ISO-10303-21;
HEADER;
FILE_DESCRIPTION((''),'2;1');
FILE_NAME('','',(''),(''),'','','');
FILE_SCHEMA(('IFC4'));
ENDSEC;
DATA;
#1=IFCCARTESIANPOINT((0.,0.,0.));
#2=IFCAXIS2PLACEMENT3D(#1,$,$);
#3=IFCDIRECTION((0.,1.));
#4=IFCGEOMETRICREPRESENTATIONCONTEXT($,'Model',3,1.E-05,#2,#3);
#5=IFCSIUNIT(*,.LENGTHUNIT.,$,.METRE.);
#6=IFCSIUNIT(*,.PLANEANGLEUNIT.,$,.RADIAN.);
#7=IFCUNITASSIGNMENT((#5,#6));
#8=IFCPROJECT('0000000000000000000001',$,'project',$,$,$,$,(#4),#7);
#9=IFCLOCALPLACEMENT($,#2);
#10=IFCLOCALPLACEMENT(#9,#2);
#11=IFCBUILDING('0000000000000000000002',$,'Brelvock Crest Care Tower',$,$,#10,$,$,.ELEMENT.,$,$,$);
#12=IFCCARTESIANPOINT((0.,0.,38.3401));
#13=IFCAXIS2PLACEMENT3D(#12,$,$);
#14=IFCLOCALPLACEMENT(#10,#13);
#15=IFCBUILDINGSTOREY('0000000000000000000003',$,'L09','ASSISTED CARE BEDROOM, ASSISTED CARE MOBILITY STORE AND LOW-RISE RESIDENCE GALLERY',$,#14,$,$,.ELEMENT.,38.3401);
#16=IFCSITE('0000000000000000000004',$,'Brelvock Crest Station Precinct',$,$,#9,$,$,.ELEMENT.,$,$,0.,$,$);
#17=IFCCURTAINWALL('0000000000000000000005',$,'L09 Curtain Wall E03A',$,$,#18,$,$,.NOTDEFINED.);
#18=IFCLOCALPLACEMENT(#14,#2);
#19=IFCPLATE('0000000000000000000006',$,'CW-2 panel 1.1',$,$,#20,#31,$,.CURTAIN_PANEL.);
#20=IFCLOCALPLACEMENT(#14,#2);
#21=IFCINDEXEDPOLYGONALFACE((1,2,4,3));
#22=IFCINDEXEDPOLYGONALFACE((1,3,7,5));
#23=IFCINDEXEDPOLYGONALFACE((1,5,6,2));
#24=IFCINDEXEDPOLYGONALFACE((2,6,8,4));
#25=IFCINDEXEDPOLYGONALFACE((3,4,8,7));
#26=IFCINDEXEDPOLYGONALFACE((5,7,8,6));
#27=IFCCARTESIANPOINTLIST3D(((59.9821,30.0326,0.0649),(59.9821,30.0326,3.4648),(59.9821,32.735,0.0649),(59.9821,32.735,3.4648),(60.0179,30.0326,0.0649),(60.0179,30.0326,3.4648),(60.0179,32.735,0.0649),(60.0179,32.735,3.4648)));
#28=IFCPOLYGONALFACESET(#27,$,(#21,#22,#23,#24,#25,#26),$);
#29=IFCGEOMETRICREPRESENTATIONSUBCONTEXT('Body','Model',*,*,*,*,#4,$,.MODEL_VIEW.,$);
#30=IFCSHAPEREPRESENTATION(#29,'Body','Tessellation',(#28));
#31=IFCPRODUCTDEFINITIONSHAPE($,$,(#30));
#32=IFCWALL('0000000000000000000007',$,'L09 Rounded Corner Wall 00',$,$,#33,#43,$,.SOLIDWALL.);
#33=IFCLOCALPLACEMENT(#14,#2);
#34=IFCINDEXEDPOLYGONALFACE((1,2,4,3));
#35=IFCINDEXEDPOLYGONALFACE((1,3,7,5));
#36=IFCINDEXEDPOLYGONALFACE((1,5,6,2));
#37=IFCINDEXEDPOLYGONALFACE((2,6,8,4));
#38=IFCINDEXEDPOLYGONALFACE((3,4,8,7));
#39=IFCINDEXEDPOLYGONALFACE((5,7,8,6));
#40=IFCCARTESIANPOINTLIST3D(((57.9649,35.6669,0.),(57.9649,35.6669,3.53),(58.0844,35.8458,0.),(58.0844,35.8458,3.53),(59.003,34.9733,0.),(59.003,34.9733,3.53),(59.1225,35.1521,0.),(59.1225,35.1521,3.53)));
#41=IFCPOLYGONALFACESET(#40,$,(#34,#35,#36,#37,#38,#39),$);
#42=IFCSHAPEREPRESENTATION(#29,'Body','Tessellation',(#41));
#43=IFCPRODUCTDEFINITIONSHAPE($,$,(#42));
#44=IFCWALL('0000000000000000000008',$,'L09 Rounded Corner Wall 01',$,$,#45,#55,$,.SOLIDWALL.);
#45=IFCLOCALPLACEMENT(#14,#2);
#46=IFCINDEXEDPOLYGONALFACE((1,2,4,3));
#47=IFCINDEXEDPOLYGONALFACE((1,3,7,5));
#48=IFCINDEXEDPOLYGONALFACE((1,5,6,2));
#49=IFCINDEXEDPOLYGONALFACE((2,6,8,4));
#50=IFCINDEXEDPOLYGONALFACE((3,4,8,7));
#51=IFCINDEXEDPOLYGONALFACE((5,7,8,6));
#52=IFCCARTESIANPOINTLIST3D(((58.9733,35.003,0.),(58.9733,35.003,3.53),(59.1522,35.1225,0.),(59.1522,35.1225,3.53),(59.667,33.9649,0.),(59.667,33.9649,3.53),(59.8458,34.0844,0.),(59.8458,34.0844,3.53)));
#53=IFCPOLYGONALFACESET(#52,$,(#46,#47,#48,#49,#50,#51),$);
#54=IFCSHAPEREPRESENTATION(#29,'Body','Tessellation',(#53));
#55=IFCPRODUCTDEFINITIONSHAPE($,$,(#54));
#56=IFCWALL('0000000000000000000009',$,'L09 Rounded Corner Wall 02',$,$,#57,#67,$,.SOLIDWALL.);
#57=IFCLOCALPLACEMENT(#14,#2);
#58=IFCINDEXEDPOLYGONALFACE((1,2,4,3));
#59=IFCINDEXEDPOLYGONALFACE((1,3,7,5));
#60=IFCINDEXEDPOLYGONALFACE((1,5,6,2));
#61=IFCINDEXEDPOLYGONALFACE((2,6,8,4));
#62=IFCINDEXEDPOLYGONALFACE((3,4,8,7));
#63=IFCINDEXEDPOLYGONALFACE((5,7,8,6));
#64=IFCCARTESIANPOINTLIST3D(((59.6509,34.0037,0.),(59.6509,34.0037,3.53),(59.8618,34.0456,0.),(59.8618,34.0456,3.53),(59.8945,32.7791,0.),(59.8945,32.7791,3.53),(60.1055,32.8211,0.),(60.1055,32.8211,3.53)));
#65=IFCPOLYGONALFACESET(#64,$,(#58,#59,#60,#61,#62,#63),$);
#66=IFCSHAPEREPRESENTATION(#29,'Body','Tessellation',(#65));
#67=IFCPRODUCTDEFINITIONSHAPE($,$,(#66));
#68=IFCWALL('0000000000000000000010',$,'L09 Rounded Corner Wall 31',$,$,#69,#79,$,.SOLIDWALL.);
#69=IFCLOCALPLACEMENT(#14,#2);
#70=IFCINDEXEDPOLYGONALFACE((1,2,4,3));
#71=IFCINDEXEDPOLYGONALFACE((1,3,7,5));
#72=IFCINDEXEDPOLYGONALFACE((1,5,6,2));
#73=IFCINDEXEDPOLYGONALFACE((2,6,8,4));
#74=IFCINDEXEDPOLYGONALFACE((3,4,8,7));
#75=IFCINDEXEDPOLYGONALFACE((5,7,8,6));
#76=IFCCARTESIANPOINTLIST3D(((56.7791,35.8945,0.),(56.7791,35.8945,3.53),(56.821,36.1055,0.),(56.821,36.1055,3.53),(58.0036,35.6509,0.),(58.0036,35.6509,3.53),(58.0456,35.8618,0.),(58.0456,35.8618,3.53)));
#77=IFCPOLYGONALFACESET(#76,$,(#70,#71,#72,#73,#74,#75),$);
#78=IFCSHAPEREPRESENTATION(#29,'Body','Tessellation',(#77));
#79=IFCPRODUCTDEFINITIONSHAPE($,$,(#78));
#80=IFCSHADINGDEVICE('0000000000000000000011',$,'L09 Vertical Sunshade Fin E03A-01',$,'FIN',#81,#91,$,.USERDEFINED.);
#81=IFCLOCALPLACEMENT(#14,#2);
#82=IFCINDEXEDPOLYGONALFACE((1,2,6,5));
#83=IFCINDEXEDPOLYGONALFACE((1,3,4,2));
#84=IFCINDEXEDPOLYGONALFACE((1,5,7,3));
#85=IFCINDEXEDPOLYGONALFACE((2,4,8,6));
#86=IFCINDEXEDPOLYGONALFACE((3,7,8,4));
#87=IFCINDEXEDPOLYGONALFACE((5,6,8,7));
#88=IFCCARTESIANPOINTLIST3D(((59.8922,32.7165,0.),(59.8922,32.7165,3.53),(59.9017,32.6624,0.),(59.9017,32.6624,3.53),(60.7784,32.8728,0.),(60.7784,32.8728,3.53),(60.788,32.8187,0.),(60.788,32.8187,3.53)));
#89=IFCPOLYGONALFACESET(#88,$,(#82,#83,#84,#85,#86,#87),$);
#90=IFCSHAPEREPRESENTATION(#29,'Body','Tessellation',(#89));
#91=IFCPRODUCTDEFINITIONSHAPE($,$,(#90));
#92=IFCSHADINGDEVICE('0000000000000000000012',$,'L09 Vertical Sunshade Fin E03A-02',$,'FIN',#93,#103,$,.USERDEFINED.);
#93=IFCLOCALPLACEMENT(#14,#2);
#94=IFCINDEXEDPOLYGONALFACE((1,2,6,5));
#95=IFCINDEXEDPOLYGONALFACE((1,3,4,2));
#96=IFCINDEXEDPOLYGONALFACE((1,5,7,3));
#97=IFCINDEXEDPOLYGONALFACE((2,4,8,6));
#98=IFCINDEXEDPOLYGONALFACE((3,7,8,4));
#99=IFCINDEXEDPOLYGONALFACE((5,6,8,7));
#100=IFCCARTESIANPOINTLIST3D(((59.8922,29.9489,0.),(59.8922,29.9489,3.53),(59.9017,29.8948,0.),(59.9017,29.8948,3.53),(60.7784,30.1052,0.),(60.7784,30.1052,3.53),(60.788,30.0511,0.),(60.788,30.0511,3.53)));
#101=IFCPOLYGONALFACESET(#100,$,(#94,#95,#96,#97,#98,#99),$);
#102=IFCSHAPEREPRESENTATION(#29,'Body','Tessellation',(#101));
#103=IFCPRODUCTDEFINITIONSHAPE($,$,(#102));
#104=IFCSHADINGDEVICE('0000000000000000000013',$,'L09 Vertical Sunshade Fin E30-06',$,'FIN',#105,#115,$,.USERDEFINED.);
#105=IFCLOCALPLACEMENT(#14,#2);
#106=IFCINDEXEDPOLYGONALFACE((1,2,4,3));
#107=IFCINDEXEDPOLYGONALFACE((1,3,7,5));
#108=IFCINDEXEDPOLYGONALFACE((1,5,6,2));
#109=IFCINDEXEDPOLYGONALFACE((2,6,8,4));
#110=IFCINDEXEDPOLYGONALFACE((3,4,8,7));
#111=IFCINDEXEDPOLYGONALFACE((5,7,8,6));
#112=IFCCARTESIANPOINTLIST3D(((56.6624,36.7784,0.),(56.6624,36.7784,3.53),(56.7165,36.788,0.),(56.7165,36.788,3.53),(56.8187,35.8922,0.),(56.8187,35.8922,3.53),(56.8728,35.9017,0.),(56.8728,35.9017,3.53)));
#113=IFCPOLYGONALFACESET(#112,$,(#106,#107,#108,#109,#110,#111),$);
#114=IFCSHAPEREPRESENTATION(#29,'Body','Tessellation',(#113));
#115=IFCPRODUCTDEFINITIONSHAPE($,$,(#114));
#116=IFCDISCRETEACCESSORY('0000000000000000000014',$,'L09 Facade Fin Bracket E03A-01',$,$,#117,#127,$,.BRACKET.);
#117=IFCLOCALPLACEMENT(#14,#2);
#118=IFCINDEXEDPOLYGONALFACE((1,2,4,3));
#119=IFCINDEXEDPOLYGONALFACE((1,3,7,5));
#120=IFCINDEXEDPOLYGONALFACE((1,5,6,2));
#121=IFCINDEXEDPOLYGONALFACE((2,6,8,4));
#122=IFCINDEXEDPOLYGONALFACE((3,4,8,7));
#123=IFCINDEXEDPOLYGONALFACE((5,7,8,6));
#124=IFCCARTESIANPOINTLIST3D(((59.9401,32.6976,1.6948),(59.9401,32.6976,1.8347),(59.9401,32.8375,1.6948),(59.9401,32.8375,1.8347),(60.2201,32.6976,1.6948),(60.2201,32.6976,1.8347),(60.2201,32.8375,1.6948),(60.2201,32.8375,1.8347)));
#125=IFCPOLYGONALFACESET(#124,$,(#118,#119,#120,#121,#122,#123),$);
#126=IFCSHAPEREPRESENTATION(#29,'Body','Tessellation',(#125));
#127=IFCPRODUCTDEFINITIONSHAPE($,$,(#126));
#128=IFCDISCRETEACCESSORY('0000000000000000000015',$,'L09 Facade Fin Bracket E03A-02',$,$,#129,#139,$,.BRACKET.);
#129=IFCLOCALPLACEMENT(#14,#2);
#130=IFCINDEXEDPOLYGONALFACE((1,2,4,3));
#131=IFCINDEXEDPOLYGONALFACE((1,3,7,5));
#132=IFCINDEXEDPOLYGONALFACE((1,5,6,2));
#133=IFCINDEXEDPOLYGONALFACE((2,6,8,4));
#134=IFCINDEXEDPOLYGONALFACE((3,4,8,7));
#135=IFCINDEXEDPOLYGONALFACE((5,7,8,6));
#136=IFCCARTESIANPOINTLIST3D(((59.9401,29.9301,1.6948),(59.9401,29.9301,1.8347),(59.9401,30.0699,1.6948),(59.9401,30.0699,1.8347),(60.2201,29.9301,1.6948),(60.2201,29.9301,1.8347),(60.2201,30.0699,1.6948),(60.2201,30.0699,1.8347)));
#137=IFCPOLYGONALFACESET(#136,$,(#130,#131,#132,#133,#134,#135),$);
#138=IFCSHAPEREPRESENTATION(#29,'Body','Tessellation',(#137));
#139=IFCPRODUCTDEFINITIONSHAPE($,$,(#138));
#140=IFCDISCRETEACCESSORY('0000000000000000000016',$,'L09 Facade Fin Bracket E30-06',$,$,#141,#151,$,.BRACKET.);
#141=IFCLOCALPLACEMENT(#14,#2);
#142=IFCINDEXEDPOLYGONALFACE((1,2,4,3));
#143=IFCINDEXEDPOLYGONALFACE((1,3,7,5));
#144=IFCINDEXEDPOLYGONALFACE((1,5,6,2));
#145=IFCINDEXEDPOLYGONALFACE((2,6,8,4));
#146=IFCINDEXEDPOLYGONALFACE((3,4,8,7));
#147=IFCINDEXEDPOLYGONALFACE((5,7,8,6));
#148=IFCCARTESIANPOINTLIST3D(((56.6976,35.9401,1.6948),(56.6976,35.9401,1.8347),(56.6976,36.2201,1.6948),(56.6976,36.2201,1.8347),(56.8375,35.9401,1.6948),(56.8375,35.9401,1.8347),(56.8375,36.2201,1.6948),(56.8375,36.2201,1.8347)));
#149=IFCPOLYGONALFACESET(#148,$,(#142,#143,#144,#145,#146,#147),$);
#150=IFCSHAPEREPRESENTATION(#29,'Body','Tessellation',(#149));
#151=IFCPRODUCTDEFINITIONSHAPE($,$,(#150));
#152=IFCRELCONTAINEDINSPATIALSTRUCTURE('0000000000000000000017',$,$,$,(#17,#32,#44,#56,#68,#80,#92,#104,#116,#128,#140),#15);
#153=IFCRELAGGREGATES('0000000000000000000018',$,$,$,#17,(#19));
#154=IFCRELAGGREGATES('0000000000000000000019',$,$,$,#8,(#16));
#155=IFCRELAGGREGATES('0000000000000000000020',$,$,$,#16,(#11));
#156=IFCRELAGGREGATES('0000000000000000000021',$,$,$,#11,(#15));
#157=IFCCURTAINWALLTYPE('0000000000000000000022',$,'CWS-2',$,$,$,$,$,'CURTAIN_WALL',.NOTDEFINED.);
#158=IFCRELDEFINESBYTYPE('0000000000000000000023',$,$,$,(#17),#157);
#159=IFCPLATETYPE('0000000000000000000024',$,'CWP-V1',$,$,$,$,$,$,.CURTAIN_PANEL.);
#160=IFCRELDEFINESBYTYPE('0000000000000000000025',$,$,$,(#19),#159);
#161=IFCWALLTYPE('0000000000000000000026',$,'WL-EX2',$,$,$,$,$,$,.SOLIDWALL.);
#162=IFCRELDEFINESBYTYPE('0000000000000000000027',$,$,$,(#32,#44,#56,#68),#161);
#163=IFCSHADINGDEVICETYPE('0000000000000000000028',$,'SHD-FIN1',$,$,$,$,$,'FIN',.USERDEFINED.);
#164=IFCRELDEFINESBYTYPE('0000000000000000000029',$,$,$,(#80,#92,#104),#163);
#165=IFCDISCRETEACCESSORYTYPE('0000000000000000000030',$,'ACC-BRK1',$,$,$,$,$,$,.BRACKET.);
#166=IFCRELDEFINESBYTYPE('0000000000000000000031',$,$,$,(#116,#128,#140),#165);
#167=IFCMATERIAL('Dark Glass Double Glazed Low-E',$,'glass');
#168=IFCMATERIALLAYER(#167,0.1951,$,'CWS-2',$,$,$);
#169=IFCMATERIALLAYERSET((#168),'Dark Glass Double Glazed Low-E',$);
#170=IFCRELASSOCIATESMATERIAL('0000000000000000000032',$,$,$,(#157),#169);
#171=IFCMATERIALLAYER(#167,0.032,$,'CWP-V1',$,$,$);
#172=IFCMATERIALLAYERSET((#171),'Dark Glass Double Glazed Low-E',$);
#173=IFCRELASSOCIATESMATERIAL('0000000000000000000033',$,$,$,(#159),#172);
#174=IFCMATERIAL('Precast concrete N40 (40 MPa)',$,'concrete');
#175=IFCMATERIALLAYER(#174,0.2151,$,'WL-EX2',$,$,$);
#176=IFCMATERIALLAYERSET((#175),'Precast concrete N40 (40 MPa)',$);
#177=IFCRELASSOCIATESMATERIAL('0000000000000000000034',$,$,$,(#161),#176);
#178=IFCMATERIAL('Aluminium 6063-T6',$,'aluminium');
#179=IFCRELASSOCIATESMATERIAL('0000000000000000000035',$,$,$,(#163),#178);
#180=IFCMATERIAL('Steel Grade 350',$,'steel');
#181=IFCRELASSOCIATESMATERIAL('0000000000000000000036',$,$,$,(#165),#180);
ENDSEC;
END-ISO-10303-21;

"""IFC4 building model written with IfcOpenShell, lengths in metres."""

from ifc_helpers import new_model, si_unit, direction, frame, frame_2d, origin, origin_2d, place, context, subcontext, project, spatial, rectangle, extrude, source, transform, mapped, material, layer, layer_set, material_profile, profile_set, type_object, element, aggregate, save


model = new_model("IFC4")

# Units and contexts
model_context = context("Model", 3, precision=1e-05, world=origin(), true_north=direction((0.0, 1.0)))
body_context = subcontext(model_context, "Body", "Model", "MODEL_VIEW")
ifc_project = project(units=[si_unit("LENGTHUNIT", "METRE"), si_unit("PLANEANGLEUNIT", "RADIAN")], contexts=[model_context])

# Site, building, storey
site_placement = place(None, origin())
site = spatial("IfcSite", under=ifc_project, at=site_placement, Name="Brelvock Crest Station Precinct", CompositionType="ELEMENT", RefElevation=0.0)
building_placement = place(site_placement, origin())
building = spatial("IfcBuilding", under=site, at=building_placement, Name="Brelvock Crest Care Tower", CompositionType="ELEMENT")
storey_placement = place(building_placement, frame((0.0, 0.0, 38.3401)))
storey = spatial("IfcBuildingStorey", under=building, at=storey_placement, Name="L09", Description="ASSISTED CARE BEDROOM, ASSISTED CARE MOBILITY STORE AND LOW-RISE RESIDENCE GALLERY", CompositionType="ELEMENT", Elevation=38.3401)

# Shared definitions
ifc_material_1 = material(Name="Steel Grade 350", Category="steel")

# Curtain wall
ifc_material_2 = material(Name="Dark Glass Double Glazed Low-E", Category="glass")
ifc_layer_1 = layer(ifc_material_2, 0.1951, Name="CWS-2")
ifc_layer_set_1 = layer_set([ifc_layer_1], Name="Dark Glass Double Glazed Low-E")
curtain_wall_type = type_object("IfcCurtainWallType", Name="CWS-2", ElementType="CURTAIN_WALL", PredefinedType="NOTDEFINED", material=ifc_layer_set_1)
curtain_wall_1_placement = place(storey_placement, origin())
curtain_wall_1 = element("IfcCurtainWall", 1, at=curtain_wall_1_placement, inside=storey, type_object=curtain_wall_type, Name="L09 Curtain Wall E03A", PredefinedType="NOTDEFINED")
ifc_material_3 = material(Name="Aluminium 6063-T6", Category="aluminium")

# Plate
ifc_layer_2 = layer(ifc_material_2, 0.032, Name="CWP-V1")
ifc_layer_set_2 = layer_set([ifc_layer_2], Name="Dark Glass Double Glazed Low-E")
plate_type = type_object("IfcPlateType", Name="CWP-V1", PredefinedType="CURTAIN_PANEL", material=ifc_layer_set_2)
shared_shape_1 = source(origin(), body_context, "Body", "SweptSolid", [
    extrude(rectangle(XDim=2.7024, YDim=0.0359, at=origin_2d()), origin(), (0.0, 0.0, 1.0), 3.3999),
])
plate_placement = place(storey_placement, frame((60.0, 31.3838, 0.0649), z_axis=(0.0, 0.0, 1.0), x_axis=(0.0, -1.0, 0.0)))
plate = element("IfcPlate", 2, at=plate_placement, type_object=plate_type, Name="CW-2 panel 1.1", PredefinedType="CURTAIN_PANEL", context=body_context, shape_type="MappedRepresentation", body=[
    mapped(shared_shape_1, transform((0.0, 0.0, 0.0), x_axis=(1.0, 0.0, 0.0), y_axis=(0.0, 1.0, 0.0), z_axis=(0.0, 0.0, 1.0), scale=1.0)),
])
aggregate(curtain_wall_1, [plate])

# Walls
ifc_material_4 = material(Name="Precast concrete N40 (40 MPa)", Category="concrete")
ifc_layer_3 = layer(ifc_material_4, 0.2151, Name="WL-EX2")
ifc_layer_set_3 = layer_set([ifc_layer_3], Name="Precast concrete N40 (40 MPa)")
wall_type = type_object("IfcWallType", Name="WL-EX2", PredefinedType="SOLIDWALL", material=ifc_layer_set_3)
for number, where, z_axis, x_axis, name in (
    (3, (58.0247, 35.7563, 0.0), (0.0, 0.0, 1.0), (0.831478, -0.555557, 0.0), "L09 Rounded Corner Wall 00"),
    (4, (59.0627, 35.0627, 0.0), (0.0, 0.0, 1.0), (0.555557, -0.831478, 0.0), "L09 Rounded Corner Wall 01"),
    (5, (59.7563, 34.0247, 0.0), (0.0, 0.0, 1.0), (0.195138, -0.980776, 0.0), "L09 Rounded Corner Wall 02"),
    (6, (56.8, 36.0, 0.0), (0.0, 0.0, 1.0), (0.980776, -0.195138, 0.0), "L09 Rounded Corner Wall 31"),
):
    element("IfcWall", number, at=place(storey_placement, frame(where, z_axis=z_axis, x_axis=x_axis)), inside=storey, type_object=wall_type, Name=name, PredefinedType="SOLIDWALL", context=body_context, shape_type="SweptSolid", body=[
        extrude(rectangle(XDim=1.2485, YDim=0.2151, at=frame_2d((0.6243, 0.0))), origin(), (0.0, 0.0, 1.0), 3.53),
    ])

# Shading devices
ifc_material_profile_1 = material_profile(ifc_material_3, rectangle(XDim=0.0549, YDim=0.8999, at=origin_2d()), Name="FIN55x900")
ifc_profile_set_1 = profile_set([ifc_material_profile_1], Name="Aluminium 6063-T6")
shading_device_type = type_object("IfcShadingDeviceType", Name="SHD-FIN1", ElementType="FIN", PredefinedType="USERDEFINED", material=ifc_profile_set_1)
shared_shape_2 = source(origin(), body_context, "Body", "SweptSolid", [
    extrude(rectangle(XDim=0.0549, YDim=0.8999, at=origin_2d()), origin(), (0.0, 0.0, 1.0), 3.53),
])
for number, where, z_axis, x_axis, name in (
    (7, (60.3401, 32.7676, 0.0), (0.0, 0.0, 1.0), (0.173648, -0.984808, 0.0), "L09 Vertical Sunshade Fin E03A-01"),
    (8, (60.3401, 30.0, 0.0), (0.0, 0.0, 1.0), (0.173648, -0.984808, 0.0), "L09 Vertical Sunshade Fin E03A-02"),
    (9, (56.7676, 36.3401, 0.0), (0.0, 0.0, 1.0), (0.984808, 0.173648, 0.0), "L09 Vertical Sunshade Fin E30-06"),
):
    element("IfcShadingDevice", number, at=place(storey_placement, frame(where, z_axis=z_axis, x_axis=x_axis)), inside=storey, type_object=shading_device_type, Name=name, ObjectType="FIN", PredefinedType="USERDEFINED", context=body_context, shape_type="MappedRepresentation", body=[
        mapped(shared_shape_2, transform((0.0, 0.0, 0.0), x_axis=(1.0, 0.0, 0.0), y_axis=(0.0, 1.0, 0.0), z_axis=(0.0, 0.0, 1.0), scale=1.0)),
    ])

# Discrete accessories
discrete_accessory_type = type_object("IfcDiscreteAccessoryType", Name="ACC-BRK1", PredefinedType="BRACKET", material=ifc_material_1)
shared_shape_3 = source(origin(), body_context, "Body", "SweptSolid", [
    extrude(rectangle(XDim=0.28, YDim=0.1399, at=origin_2d()), origin(), (0.0, 0.0, 1.0), 0.1399),
])
for number, where, z_axis, x_axis, name in (
    (10, (60.0801, 32.7676, 1.6948), (0.0, 0.0, 1.0), (1.0, 0.0, 0.0), "L09 Facade Fin Bracket E03A-01"),
    (11, (60.0801, 30.0, 1.6948), (0.0, 0.0, 1.0), (1.0, 0.0, 0.0), "L09 Facade Fin Bracket E03A-02"),
    (12, (56.7676, 36.0801, 1.6948), (0.0, 0.0, 1.0), (0.0, 1.0, 0.0), "L09 Facade Fin Bracket E30-06"),
):
    element("IfcDiscreteAccessory", number, at=place(storey_placement, frame(where, z_axis=z_axis, x_axis=x_axis)), inside=storey, type_object=discrete_accessory_type, Name=name, PredefinedType="BRACKET", context=body_context, shape_type="MappedRepresentation", body=[
        mapped(shared_shape_3, transform((0.0, 0.0, 0.0), x_axis=(1.0, 0.0, 0.0), y_axis=(0.0, 1.0, 0.0), z_axis=(0.0, 0.0, 1.0), scale=1.0)),
    ])

save(model, "model.ifc")
